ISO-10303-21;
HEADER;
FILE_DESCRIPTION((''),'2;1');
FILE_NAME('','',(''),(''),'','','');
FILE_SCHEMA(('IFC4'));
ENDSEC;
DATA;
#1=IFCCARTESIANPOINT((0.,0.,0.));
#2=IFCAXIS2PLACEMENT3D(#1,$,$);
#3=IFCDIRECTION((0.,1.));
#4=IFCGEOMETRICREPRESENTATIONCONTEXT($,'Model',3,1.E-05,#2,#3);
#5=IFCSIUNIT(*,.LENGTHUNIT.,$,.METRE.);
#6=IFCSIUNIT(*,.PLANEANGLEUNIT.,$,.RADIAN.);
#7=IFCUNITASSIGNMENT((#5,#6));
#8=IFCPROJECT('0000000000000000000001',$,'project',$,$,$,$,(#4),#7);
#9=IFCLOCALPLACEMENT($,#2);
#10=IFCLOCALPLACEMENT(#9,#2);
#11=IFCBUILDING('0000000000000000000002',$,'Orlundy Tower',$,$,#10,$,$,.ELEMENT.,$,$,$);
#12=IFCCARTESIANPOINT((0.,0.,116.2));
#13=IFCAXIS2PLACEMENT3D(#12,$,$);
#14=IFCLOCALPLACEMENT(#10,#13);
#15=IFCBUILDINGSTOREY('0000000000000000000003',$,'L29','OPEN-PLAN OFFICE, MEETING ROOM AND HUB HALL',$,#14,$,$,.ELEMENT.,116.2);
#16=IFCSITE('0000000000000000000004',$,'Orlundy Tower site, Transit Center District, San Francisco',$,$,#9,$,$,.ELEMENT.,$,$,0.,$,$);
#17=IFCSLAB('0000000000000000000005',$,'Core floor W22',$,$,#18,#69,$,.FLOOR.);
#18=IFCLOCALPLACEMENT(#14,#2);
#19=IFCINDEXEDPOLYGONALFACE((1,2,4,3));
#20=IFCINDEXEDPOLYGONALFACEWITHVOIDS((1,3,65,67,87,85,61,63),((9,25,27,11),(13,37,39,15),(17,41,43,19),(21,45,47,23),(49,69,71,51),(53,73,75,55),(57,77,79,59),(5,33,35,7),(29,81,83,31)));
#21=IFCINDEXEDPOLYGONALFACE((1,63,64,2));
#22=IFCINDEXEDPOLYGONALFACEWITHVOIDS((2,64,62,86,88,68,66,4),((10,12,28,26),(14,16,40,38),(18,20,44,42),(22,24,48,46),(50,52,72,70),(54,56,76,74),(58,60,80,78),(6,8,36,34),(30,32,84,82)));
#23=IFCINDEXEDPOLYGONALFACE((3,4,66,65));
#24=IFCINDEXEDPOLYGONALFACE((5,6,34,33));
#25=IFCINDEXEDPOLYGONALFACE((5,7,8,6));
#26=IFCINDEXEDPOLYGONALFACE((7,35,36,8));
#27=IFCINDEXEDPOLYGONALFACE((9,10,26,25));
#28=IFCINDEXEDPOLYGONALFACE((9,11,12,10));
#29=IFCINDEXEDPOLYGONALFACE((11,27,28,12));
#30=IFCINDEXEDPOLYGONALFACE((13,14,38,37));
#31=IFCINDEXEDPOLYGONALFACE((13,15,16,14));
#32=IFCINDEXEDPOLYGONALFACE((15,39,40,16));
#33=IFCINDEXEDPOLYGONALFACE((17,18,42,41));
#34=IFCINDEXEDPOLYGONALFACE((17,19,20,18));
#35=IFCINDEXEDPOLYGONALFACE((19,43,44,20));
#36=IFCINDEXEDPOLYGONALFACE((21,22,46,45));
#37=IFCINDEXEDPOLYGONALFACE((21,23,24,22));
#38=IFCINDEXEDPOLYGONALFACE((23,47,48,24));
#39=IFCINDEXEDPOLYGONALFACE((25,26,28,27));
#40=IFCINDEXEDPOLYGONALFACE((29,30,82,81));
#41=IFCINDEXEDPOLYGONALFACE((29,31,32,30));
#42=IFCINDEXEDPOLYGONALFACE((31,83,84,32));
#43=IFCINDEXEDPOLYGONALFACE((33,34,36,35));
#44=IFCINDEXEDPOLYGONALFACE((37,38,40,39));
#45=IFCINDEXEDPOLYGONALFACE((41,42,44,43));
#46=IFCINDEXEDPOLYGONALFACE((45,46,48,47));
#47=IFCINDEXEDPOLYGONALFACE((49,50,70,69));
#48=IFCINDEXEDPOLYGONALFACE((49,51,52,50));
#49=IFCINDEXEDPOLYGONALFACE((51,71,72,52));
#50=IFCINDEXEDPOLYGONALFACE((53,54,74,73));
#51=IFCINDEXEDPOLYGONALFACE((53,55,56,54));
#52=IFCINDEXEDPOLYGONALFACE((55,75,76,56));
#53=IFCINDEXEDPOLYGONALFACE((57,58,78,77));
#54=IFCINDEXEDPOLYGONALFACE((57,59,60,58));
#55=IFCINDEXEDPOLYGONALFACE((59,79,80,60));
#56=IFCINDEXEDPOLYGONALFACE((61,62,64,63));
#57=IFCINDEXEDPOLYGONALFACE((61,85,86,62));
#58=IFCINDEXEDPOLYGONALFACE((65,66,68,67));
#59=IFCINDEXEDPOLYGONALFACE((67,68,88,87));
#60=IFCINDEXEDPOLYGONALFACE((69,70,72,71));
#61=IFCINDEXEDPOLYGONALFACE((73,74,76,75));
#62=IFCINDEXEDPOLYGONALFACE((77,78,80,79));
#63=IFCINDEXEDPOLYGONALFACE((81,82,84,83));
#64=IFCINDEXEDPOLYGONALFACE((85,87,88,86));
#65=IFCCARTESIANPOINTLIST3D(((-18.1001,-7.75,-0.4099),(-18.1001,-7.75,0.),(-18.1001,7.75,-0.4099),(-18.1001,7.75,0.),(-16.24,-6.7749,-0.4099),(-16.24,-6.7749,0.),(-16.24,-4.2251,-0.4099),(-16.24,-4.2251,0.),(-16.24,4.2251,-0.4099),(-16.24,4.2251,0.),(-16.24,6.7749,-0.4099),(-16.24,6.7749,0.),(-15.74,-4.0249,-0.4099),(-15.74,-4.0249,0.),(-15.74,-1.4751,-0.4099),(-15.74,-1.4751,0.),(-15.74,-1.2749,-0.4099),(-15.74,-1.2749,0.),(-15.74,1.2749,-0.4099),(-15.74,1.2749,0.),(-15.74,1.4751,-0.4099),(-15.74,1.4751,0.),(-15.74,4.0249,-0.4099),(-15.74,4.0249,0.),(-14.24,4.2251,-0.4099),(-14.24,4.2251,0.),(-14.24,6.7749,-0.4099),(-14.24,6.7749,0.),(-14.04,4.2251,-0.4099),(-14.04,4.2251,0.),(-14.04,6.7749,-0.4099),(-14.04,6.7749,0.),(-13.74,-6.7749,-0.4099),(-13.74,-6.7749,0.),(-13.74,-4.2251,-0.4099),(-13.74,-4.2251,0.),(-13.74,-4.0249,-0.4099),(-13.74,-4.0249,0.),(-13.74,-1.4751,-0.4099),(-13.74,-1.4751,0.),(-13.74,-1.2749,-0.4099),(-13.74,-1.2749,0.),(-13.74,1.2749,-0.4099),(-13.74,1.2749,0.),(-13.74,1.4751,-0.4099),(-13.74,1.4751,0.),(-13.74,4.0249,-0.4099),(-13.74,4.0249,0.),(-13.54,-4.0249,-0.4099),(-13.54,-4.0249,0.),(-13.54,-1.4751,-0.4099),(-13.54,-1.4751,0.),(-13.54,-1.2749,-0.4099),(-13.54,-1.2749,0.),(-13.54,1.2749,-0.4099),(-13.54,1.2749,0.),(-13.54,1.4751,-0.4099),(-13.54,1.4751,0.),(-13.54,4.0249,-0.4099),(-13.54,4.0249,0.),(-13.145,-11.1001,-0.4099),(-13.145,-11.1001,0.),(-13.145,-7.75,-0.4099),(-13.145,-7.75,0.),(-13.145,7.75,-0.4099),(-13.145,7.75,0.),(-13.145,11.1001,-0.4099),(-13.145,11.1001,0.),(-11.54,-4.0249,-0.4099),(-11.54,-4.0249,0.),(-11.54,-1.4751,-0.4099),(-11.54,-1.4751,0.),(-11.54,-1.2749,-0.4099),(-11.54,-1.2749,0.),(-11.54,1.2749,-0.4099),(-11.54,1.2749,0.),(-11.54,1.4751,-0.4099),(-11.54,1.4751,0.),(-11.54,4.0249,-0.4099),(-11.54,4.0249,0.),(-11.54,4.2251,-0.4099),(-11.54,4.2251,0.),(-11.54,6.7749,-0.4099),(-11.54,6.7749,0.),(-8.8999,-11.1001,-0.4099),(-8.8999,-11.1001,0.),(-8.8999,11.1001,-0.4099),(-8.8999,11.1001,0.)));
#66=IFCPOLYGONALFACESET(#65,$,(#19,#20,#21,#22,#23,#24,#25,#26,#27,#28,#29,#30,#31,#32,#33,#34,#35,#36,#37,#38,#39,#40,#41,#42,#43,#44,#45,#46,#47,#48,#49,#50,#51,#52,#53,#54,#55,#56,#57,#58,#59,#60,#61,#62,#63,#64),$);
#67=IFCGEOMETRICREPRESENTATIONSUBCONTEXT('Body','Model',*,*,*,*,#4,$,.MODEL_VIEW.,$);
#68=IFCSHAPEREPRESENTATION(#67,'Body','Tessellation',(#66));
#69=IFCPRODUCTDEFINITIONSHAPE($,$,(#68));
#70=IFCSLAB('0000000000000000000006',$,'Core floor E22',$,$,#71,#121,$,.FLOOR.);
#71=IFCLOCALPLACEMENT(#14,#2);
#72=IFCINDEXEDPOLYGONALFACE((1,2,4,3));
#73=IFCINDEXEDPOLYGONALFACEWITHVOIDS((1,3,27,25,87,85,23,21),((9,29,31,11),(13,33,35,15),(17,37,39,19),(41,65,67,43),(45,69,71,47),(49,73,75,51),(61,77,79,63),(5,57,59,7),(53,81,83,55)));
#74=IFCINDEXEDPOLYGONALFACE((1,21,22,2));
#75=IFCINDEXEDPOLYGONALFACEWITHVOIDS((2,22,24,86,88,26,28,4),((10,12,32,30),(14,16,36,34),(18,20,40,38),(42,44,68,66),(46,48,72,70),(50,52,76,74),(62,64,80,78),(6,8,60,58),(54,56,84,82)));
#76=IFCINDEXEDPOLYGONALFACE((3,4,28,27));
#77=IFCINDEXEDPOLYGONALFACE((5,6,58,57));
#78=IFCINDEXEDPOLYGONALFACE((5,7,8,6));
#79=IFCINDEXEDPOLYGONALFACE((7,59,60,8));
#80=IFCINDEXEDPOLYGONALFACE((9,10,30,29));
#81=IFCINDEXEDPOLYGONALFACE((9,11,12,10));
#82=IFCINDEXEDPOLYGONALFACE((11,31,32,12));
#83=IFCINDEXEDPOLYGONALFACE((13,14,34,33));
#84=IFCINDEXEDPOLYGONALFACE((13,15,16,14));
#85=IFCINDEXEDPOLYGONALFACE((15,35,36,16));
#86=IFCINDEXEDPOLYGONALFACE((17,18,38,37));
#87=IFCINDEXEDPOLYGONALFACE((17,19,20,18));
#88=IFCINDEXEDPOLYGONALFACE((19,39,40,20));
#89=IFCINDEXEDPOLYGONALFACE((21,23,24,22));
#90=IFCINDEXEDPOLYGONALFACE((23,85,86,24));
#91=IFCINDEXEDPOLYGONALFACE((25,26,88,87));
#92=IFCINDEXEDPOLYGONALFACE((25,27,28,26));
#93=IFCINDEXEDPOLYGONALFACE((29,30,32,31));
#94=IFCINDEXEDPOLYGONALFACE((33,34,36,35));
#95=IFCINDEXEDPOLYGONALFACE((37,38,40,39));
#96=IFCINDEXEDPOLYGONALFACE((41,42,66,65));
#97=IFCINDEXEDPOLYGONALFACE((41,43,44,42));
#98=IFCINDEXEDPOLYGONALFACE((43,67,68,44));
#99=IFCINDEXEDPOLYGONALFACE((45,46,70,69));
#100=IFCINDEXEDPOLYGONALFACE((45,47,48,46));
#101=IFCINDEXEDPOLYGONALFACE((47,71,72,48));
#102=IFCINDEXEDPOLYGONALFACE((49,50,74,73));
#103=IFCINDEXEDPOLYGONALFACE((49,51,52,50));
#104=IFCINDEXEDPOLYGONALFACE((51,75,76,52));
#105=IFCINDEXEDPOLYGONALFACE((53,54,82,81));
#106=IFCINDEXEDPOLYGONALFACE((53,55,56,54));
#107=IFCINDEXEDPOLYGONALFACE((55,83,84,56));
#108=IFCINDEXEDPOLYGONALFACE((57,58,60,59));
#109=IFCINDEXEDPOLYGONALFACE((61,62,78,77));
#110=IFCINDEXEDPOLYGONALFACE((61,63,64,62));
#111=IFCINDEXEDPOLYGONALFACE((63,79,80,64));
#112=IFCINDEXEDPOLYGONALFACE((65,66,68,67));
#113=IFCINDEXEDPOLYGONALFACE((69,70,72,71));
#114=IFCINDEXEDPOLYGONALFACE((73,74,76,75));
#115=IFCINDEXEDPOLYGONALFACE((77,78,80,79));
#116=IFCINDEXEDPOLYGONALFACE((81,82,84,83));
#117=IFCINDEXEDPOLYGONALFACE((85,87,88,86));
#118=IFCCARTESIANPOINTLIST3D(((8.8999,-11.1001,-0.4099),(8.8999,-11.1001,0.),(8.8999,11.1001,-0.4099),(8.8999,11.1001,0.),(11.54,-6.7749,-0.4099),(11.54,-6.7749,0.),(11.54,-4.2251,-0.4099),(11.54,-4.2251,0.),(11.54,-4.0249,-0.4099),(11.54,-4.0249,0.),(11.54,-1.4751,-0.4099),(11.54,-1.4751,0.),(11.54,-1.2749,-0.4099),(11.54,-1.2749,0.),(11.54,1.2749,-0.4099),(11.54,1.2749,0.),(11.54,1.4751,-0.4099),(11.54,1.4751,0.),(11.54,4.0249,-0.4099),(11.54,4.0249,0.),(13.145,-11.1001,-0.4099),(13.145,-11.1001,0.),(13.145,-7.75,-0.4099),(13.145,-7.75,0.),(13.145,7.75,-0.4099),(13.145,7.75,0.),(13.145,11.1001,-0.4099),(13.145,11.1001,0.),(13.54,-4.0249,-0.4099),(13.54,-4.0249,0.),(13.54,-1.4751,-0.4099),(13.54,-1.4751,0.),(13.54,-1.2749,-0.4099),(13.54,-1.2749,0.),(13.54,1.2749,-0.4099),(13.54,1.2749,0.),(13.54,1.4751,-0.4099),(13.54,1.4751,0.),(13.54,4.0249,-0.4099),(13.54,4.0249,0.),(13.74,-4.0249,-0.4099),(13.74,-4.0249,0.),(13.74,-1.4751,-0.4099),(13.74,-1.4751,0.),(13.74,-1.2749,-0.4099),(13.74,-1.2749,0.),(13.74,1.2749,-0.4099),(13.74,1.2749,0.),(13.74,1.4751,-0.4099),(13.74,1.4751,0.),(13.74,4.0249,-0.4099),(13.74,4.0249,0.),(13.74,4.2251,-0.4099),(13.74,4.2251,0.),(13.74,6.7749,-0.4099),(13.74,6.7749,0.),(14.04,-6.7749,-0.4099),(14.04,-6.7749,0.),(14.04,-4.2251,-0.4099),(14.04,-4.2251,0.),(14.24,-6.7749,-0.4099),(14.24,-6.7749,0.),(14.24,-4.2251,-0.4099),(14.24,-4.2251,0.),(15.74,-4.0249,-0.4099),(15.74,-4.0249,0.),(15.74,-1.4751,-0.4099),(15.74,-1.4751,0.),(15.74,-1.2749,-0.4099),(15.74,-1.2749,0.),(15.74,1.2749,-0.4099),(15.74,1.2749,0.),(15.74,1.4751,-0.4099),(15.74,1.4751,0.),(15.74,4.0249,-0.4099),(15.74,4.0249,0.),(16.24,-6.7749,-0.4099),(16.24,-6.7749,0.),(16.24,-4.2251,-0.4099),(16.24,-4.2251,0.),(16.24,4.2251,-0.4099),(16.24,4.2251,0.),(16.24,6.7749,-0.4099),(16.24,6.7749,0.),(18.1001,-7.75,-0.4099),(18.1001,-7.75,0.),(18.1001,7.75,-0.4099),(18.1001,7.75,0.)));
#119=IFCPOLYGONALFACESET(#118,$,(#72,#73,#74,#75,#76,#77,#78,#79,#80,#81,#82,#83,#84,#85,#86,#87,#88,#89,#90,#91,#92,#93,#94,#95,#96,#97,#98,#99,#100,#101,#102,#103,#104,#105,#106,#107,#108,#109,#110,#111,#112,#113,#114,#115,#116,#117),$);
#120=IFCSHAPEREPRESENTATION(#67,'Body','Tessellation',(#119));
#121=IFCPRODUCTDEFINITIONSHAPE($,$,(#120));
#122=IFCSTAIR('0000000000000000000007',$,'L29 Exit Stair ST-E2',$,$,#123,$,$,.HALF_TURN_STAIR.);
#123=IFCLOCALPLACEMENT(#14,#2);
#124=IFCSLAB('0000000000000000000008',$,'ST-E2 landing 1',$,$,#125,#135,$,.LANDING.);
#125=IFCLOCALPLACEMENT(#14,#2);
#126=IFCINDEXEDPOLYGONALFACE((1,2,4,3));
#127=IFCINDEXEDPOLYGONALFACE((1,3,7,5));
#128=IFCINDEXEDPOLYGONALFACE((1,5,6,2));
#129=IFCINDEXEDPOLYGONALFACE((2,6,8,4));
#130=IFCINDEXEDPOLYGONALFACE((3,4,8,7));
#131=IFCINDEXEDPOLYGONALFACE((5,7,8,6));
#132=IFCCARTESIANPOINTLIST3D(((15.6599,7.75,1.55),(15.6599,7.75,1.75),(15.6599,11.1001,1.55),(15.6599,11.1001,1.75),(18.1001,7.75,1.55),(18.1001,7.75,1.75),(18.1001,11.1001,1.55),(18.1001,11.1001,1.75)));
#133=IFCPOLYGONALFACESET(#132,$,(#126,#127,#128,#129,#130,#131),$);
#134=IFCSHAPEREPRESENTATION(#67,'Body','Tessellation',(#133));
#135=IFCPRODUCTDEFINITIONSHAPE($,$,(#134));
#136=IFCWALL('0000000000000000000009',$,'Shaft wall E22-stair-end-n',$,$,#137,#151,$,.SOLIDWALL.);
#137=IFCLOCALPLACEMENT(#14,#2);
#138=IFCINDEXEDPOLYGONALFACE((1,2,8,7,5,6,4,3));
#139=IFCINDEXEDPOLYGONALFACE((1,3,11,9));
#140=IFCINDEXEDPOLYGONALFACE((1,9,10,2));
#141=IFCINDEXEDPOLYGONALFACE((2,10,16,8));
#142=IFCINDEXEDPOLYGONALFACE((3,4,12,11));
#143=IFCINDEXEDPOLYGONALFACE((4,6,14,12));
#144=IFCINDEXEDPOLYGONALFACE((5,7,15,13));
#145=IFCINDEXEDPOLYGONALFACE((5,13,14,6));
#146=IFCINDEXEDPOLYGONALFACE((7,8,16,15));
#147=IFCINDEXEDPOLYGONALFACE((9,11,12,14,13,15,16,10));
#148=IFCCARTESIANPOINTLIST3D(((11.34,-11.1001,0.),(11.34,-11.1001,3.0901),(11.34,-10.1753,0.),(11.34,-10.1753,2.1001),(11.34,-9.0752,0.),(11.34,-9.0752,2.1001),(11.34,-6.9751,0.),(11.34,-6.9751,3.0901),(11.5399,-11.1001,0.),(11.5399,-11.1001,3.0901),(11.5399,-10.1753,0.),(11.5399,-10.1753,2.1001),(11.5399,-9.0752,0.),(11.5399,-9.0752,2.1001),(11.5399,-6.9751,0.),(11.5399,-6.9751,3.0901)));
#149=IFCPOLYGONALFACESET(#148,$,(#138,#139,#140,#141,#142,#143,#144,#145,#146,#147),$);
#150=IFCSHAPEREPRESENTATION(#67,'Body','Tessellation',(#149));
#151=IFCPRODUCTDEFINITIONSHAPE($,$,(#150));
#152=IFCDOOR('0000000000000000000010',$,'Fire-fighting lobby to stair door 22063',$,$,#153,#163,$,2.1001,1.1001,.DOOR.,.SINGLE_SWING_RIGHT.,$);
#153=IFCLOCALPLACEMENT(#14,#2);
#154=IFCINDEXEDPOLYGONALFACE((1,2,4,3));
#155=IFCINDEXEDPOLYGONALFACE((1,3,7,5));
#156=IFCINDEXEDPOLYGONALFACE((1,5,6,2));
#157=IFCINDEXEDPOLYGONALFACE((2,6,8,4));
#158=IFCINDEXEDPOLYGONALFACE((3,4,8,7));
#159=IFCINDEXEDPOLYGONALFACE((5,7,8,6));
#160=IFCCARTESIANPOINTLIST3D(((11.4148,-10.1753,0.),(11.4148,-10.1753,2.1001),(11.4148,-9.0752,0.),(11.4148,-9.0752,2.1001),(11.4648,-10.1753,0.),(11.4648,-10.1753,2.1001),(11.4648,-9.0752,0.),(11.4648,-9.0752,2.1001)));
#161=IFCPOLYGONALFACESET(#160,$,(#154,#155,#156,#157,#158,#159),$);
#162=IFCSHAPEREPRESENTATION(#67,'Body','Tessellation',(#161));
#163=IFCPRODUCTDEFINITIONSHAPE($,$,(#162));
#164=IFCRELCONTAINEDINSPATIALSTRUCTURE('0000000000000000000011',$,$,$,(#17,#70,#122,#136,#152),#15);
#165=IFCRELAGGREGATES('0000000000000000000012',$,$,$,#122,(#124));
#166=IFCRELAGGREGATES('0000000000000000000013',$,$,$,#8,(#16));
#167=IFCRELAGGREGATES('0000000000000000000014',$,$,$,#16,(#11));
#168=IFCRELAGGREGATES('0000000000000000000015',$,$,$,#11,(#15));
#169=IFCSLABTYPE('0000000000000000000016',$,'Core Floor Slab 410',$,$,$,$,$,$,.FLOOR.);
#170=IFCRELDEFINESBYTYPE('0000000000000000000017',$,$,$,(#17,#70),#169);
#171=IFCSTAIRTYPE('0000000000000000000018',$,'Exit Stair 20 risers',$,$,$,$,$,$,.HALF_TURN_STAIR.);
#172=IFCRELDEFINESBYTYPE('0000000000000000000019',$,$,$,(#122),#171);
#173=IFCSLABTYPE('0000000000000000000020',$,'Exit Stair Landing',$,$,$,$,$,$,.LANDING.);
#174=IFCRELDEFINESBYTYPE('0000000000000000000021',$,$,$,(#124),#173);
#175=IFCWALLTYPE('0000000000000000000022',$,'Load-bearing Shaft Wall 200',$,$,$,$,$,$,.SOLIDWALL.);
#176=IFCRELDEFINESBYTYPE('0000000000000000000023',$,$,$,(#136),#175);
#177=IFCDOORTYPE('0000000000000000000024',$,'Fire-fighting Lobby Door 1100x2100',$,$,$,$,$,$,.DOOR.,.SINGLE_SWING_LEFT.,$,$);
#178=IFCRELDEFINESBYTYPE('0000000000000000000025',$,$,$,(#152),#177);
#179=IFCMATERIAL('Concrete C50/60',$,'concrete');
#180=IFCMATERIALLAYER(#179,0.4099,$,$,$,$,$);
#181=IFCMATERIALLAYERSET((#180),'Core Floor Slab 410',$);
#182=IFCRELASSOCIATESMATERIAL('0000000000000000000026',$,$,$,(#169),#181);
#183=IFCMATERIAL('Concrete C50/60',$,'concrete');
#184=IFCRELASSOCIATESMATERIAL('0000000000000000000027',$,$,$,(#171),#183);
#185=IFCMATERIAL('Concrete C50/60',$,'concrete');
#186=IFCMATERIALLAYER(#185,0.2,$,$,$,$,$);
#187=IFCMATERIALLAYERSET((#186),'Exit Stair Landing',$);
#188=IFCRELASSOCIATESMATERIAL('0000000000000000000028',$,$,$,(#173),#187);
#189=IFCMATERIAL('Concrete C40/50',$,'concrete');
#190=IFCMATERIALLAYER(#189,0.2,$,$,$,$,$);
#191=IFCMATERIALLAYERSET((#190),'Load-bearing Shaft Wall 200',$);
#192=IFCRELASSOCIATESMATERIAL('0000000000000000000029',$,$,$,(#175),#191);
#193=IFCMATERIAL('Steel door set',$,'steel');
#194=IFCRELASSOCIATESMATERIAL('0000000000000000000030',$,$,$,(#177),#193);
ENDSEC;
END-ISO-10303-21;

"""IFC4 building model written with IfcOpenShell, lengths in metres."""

from ifc_helpers import new_model, si_unit, direction, frame, frame_2d, origin, place, context, subcontext, project, spatial, polyline, rectangle, outline, extrude, material, layer, layer_set, type_object, element, fill, aggregate, save


model = new_model("IFC4")

# Units and contexts
model_context = context("Model", 3, precision=1e-05, world=origin(), true_north=direction((0.0, 1.0)))
body_context = subcontext(model_context, "Body", "Model", "MODEL_VIEW")
ifc_project = project(units=[si_unit("LENGTHUNIT", "METRE"), si_unit("PLANEANGLEUNIT", "RADIAN")], contexts=[model_context])

# Site, building, storey
site_placement = place(None, origin())
site = spatial("IfcSite", under=ifc_project, at=site_placement, Name="Orlundy Tower site, Transit Center District, San Francisco", CompositionType="ELEMENT", RefElevation=0.0)
building_placement = place(site_placement, origin())
building = spatial("IfcBuilding", under=site, at=building_placement, Name="Orlundy Tower", CompositionType="ELEMENT")
storey_placement = place(building_placement, frame((0.0, 0.0, 116.2)))
storey = spatial("IfcBuildingStorey", under=building, at=storey_placement, Name="L29", Description="OPEN-PLAN OFFICE, MEETING ROOM AND HUB HALL", CompositionType="ELEMENT", Elevation=116.2)

# Slabs
ifc_material_1 = material(Name="Concrete C50/60", Category="concrete")
ifc_layer_1 = layer(ifc_material_1, 0.4099)
ifc_layer_set_1 = layer_set([ifc_layer_1], Name="Core Floor Slab 410")
slab_type_1 = type_object("IfcSlabType", Name="Core Floor Slab 410", PredefinedType="FLOOR", material=ifc_layer_set_1)
slab_1_placement = place(storey_placement, frame((0.0, 0.0, -0.4099)))
element("IfcSlab", 1, at=slab_1_placement, inside=storey, type_object=slab_type_1, Name="Core floor W22", PredefinedType="FLOOR", context=body_context, shape_type="SweptSolid", body=[
    extrude(outline(polyline([(-13.145, 7.75), (-13.145, 11.1001), (-8.8999, 11.1001), (-8.8999, -11.1001), (-13.145, -11.1001), (-13.145, -7.75), (-18.1001, -7.75), (-18.1001, 7.75), (-13.145, 7.75)]), holes=[polyline([(-16.24, -6.7749), (-13.74, -6.7749), (-13.74, -4.2251), (-16.24, -4.2251), (-16.24, -6.7749)]), polyline([(-13.54, -1.4751), (-13.54, -4.0249), (-11.54, -4.0249), (-11.54, -1.4751), (-13.54, -1.4751)]), polyline([(-13.74, -1.4751), (-15.74, -1.4751), (-15.74, -4.0249), (-13.74, -4.0249), (-13.74, -1.4751)]), polyline([(-11.54, -1.2749), (-11.54, 1.2749), (-13.54, 1.2749), (-13.54, -1.2749), (-11.54, -1.2749)]), polyline([(-15.74, -1.2749), (-13.74, -1.2749), (-13.74, 1.2749), (-15.74, 1.2749), (-15.74, -1.2749)]), polyline([(-13.54, 4.0249), (-13.54, 1.4751), (-11.54, 1.4751), (-11.54, 4.0249), (-13.54, 4.0249)]), polyline([(-13.74, 4.0249), (-15.74, 4.0249), (-15.74, 1.4751), (-13.74, 1.4751), (-13.74, 4.0249)]), polyline([(-11.54, 4.2251), (-11.54, 6.7749), (-14.04, 6.7749), (-14.04, 4.2251), (-11.54, 4.2251)]), polyline([(-16.24, 4.2251), (-14.24, 4.2251), (-14.24, 6.7749), (-16.24, 6.7749), (-16.24, 4.2251)])]), origin(), (0.0, 0.0, 1.0), 0.4099),
])
slab_2_placement = place(storey_placement, frame((0.0, 0.0, -0.4099)))
element("IfcSlab", 2, at=slab_2_placement, inside=storey, type_object=slab_type_1, Name="Core floor E22", PredefinedType="FLOOR", context=body_context, shape_type="SweptSolid", body=[
    extrude(outline(polyline([(13.145, -7.75), (13.145, -11.1001), (8.8999, -11.1001), (8.8999, 11.1001), (13.145, 11.1001), (13.145, 7.75), (18.1001, 7.75), (18.1001, -7.75), (13.145, -7.75)]), holes=[polyline([(16.24, 6.7749), (13.74, 6.7749), (13.74, 4.2251), (16.24, 4.2251), (16.24, 6.7749)]), polyline([(13.54, 1.4751), (13.54, 4.0249), (11.54, 4.0249), (11.54, 1.4751), (13.54, 1.4751)]), polyline([(13.74, 1.4751), (15.74, 1.4751), (15.74, 4.0249), (13.74, 4.0249), (13.74, 1.4751)]), polyline([(11.54, 1.2749), (11.54, -1.2749), (13.54, -1.2749), (13.54, 1.2749), (11.54, 1.2749)]), polyline([(15.74, 1.2749), (13.74, 1.2749), (13.74, -1.2749), (15.74, -1.2749), (15.74, 1.2749)]), polyline([(13.54, -4.0249), (13.54, -1.4751), (11.54, -1.4751), (11.54, -4.0249), (13.54, -4.0249)]), polyline([(13.74, -4.0249), (15.74, -4.0249), (15.74, -1.4751), (13.74, -1.4751), (13.74, -4.0249)]), polyline([(11.54, -4.2251), (11.54, -6.7749), (14.04, -6.7749), (14.04, -4.2251), (11.54, -4.2251)]), polyline([(16.24, -4.2251), (14.24, -4.2251), (14.24, -6.7749), (16.24, -6.7749), (16.24, -4.2251)])]), origin(), (0.0, 0.0, 1.0), 0.4099),
])

# Stair, slab
ifc_material_2 = material(Name="Concrete C50/60", Category="concrete")
stair_type = type_object("IfcStairType", Name="Exit Stair 20 risers", PredefinedType="HALF_TURN_STAIR", material=ifc_material_2)
stair_placement = place(storey_placement, origin())
stair = element("IfcStair", 3, at=stair_placement, inside=storey, type_object=stair_type, Name="L29 Exit Stair ST-E2", PredefinedType="HALF_TURN_STAIR")
ifc_material_3 = material(Name="Concrete C50/60", Category="concrete")
ifc_layer_2 = layer(ifc_material_3, 0.2)
ifc_layer_set_2 = layer_set([ifc_layer_2], Name="Exit Stair Landing")
slab_type_2 = type_object("IfcSlabType", Name="Exit Stair Landing", PredefinedType="LANDING", material=ifc_layer_set_2)
slab_3_placement = place(storey_placement, frame((0.0, 0.0, 1.55)))
slab_3 = element("IfcSlab", 4, at=slab_3_placement, type_object=slab_type_2, Name="ST-E2 landing 1", PredefinedType="LANDING", context=body_context, shape_type="SweptSolid", body=[
    extrude(outline(polyline([(15.6599, 7.75), (18.1001, 7.75), (18.1001, 11.1001), (15.6599, 11.1001), (15.6599, 7.75)])), origin(), (0.0, 0.0, 1.0), 0.2),
])
aggregate(stair, [slab_3])

# Wall, opening, door
ifc_material_4 = material(Name="Concrete C40/50", Category="concrete")
ifc_layer_3 = layer(ifc_material_4, 0.2)
ifc_layer_set_3 = layer_set([ifc_layer_3], Name="Load-bearing Shaft Wall 200")
wall_type_1 = type_object("IfcWallType", Name="Load-bearing Shaft Wall 200", PredefinedType="SOLIDWALL", material=ifc_layer_set_3)
wall_1_placement = place(storey_placement, frame((11.4399, -6.9751, 0.0), z_axis=(0.0, 0.0, 1.0), x_axis=(0.0, -1.0, 0.0)))
wall_1 = element("IfcWall", 5, at=wall_1_placement, inside=storey, type_object=wall_type_1, Name="Shaft wall E22-stair-end-n", PredefinedType="SOLIDWALL", context=body_context, shape_type="SweptSolid", body=[
    extrude(rectangle(XDim=4.125, YDim=0.2, at=frame_2d((2.0625, 0.0))), origin(), (0.0, 0.0, 1.0), 3.0901),
])
opening_1_placement = place(wall_1_placement, frame((2.1001, 0.0, 0.0)))
opening_1 = element("IfcOpeningElement", 6, at=opening_1_placement, cuts=wall_1, PredefinedType="OPENING", context=body_context, shape_type="SweptSolid", body=[
    extrude(rectangle(XDim=1.1001, YDim=2.1001, at=frame_2d((0.55, 1.05))), frame((0.0, 0.1101, 0.0), z_axis=(0.0, -1.0, 0.0), x_axis=(1.0, 0.0, 0.0)), (0.0, 0.0, 1.0), 0.2202),
])
ifc_material_5 = material(Name="Steel door set", Category="steel")
door_type_1 = type_object("IfcDoorType", Name="Fire-fighting Lobby Door 1100x2100", OperationType="SINGLE_SWING_LEFT", PredefinedType="DOOR", material=ifc_material_5)
door_1_placement = place(opening_1_placement, origin())
door_1 = element("IfcDoor", 7, at=door_1_placement, inside=storey, type_object=door_type_1, Name="Fire-fighting lobby to stair door 22063", OperationType="SINGLE_SWING_RIGHT", OverallHeight=2.1001, OverallWidth=1.1001, PredefinedType="DOOR", context=body_context, shape_type="SweptSolid", body=[
    extrude(rectangle(XDim=1.1001, YDim=2.1001, at=frame_2d((0.55, 1.05))), frame((0.0, 0.0249, 0.0), z_axis=(0.0, -1.0, 0.0), x_axis=(1.0, 0.0, 0.0)), (0.0, 0.0, 1.0), 0.05),
])
fill(opening_1, door_1)

save(model, "model.ifc")
